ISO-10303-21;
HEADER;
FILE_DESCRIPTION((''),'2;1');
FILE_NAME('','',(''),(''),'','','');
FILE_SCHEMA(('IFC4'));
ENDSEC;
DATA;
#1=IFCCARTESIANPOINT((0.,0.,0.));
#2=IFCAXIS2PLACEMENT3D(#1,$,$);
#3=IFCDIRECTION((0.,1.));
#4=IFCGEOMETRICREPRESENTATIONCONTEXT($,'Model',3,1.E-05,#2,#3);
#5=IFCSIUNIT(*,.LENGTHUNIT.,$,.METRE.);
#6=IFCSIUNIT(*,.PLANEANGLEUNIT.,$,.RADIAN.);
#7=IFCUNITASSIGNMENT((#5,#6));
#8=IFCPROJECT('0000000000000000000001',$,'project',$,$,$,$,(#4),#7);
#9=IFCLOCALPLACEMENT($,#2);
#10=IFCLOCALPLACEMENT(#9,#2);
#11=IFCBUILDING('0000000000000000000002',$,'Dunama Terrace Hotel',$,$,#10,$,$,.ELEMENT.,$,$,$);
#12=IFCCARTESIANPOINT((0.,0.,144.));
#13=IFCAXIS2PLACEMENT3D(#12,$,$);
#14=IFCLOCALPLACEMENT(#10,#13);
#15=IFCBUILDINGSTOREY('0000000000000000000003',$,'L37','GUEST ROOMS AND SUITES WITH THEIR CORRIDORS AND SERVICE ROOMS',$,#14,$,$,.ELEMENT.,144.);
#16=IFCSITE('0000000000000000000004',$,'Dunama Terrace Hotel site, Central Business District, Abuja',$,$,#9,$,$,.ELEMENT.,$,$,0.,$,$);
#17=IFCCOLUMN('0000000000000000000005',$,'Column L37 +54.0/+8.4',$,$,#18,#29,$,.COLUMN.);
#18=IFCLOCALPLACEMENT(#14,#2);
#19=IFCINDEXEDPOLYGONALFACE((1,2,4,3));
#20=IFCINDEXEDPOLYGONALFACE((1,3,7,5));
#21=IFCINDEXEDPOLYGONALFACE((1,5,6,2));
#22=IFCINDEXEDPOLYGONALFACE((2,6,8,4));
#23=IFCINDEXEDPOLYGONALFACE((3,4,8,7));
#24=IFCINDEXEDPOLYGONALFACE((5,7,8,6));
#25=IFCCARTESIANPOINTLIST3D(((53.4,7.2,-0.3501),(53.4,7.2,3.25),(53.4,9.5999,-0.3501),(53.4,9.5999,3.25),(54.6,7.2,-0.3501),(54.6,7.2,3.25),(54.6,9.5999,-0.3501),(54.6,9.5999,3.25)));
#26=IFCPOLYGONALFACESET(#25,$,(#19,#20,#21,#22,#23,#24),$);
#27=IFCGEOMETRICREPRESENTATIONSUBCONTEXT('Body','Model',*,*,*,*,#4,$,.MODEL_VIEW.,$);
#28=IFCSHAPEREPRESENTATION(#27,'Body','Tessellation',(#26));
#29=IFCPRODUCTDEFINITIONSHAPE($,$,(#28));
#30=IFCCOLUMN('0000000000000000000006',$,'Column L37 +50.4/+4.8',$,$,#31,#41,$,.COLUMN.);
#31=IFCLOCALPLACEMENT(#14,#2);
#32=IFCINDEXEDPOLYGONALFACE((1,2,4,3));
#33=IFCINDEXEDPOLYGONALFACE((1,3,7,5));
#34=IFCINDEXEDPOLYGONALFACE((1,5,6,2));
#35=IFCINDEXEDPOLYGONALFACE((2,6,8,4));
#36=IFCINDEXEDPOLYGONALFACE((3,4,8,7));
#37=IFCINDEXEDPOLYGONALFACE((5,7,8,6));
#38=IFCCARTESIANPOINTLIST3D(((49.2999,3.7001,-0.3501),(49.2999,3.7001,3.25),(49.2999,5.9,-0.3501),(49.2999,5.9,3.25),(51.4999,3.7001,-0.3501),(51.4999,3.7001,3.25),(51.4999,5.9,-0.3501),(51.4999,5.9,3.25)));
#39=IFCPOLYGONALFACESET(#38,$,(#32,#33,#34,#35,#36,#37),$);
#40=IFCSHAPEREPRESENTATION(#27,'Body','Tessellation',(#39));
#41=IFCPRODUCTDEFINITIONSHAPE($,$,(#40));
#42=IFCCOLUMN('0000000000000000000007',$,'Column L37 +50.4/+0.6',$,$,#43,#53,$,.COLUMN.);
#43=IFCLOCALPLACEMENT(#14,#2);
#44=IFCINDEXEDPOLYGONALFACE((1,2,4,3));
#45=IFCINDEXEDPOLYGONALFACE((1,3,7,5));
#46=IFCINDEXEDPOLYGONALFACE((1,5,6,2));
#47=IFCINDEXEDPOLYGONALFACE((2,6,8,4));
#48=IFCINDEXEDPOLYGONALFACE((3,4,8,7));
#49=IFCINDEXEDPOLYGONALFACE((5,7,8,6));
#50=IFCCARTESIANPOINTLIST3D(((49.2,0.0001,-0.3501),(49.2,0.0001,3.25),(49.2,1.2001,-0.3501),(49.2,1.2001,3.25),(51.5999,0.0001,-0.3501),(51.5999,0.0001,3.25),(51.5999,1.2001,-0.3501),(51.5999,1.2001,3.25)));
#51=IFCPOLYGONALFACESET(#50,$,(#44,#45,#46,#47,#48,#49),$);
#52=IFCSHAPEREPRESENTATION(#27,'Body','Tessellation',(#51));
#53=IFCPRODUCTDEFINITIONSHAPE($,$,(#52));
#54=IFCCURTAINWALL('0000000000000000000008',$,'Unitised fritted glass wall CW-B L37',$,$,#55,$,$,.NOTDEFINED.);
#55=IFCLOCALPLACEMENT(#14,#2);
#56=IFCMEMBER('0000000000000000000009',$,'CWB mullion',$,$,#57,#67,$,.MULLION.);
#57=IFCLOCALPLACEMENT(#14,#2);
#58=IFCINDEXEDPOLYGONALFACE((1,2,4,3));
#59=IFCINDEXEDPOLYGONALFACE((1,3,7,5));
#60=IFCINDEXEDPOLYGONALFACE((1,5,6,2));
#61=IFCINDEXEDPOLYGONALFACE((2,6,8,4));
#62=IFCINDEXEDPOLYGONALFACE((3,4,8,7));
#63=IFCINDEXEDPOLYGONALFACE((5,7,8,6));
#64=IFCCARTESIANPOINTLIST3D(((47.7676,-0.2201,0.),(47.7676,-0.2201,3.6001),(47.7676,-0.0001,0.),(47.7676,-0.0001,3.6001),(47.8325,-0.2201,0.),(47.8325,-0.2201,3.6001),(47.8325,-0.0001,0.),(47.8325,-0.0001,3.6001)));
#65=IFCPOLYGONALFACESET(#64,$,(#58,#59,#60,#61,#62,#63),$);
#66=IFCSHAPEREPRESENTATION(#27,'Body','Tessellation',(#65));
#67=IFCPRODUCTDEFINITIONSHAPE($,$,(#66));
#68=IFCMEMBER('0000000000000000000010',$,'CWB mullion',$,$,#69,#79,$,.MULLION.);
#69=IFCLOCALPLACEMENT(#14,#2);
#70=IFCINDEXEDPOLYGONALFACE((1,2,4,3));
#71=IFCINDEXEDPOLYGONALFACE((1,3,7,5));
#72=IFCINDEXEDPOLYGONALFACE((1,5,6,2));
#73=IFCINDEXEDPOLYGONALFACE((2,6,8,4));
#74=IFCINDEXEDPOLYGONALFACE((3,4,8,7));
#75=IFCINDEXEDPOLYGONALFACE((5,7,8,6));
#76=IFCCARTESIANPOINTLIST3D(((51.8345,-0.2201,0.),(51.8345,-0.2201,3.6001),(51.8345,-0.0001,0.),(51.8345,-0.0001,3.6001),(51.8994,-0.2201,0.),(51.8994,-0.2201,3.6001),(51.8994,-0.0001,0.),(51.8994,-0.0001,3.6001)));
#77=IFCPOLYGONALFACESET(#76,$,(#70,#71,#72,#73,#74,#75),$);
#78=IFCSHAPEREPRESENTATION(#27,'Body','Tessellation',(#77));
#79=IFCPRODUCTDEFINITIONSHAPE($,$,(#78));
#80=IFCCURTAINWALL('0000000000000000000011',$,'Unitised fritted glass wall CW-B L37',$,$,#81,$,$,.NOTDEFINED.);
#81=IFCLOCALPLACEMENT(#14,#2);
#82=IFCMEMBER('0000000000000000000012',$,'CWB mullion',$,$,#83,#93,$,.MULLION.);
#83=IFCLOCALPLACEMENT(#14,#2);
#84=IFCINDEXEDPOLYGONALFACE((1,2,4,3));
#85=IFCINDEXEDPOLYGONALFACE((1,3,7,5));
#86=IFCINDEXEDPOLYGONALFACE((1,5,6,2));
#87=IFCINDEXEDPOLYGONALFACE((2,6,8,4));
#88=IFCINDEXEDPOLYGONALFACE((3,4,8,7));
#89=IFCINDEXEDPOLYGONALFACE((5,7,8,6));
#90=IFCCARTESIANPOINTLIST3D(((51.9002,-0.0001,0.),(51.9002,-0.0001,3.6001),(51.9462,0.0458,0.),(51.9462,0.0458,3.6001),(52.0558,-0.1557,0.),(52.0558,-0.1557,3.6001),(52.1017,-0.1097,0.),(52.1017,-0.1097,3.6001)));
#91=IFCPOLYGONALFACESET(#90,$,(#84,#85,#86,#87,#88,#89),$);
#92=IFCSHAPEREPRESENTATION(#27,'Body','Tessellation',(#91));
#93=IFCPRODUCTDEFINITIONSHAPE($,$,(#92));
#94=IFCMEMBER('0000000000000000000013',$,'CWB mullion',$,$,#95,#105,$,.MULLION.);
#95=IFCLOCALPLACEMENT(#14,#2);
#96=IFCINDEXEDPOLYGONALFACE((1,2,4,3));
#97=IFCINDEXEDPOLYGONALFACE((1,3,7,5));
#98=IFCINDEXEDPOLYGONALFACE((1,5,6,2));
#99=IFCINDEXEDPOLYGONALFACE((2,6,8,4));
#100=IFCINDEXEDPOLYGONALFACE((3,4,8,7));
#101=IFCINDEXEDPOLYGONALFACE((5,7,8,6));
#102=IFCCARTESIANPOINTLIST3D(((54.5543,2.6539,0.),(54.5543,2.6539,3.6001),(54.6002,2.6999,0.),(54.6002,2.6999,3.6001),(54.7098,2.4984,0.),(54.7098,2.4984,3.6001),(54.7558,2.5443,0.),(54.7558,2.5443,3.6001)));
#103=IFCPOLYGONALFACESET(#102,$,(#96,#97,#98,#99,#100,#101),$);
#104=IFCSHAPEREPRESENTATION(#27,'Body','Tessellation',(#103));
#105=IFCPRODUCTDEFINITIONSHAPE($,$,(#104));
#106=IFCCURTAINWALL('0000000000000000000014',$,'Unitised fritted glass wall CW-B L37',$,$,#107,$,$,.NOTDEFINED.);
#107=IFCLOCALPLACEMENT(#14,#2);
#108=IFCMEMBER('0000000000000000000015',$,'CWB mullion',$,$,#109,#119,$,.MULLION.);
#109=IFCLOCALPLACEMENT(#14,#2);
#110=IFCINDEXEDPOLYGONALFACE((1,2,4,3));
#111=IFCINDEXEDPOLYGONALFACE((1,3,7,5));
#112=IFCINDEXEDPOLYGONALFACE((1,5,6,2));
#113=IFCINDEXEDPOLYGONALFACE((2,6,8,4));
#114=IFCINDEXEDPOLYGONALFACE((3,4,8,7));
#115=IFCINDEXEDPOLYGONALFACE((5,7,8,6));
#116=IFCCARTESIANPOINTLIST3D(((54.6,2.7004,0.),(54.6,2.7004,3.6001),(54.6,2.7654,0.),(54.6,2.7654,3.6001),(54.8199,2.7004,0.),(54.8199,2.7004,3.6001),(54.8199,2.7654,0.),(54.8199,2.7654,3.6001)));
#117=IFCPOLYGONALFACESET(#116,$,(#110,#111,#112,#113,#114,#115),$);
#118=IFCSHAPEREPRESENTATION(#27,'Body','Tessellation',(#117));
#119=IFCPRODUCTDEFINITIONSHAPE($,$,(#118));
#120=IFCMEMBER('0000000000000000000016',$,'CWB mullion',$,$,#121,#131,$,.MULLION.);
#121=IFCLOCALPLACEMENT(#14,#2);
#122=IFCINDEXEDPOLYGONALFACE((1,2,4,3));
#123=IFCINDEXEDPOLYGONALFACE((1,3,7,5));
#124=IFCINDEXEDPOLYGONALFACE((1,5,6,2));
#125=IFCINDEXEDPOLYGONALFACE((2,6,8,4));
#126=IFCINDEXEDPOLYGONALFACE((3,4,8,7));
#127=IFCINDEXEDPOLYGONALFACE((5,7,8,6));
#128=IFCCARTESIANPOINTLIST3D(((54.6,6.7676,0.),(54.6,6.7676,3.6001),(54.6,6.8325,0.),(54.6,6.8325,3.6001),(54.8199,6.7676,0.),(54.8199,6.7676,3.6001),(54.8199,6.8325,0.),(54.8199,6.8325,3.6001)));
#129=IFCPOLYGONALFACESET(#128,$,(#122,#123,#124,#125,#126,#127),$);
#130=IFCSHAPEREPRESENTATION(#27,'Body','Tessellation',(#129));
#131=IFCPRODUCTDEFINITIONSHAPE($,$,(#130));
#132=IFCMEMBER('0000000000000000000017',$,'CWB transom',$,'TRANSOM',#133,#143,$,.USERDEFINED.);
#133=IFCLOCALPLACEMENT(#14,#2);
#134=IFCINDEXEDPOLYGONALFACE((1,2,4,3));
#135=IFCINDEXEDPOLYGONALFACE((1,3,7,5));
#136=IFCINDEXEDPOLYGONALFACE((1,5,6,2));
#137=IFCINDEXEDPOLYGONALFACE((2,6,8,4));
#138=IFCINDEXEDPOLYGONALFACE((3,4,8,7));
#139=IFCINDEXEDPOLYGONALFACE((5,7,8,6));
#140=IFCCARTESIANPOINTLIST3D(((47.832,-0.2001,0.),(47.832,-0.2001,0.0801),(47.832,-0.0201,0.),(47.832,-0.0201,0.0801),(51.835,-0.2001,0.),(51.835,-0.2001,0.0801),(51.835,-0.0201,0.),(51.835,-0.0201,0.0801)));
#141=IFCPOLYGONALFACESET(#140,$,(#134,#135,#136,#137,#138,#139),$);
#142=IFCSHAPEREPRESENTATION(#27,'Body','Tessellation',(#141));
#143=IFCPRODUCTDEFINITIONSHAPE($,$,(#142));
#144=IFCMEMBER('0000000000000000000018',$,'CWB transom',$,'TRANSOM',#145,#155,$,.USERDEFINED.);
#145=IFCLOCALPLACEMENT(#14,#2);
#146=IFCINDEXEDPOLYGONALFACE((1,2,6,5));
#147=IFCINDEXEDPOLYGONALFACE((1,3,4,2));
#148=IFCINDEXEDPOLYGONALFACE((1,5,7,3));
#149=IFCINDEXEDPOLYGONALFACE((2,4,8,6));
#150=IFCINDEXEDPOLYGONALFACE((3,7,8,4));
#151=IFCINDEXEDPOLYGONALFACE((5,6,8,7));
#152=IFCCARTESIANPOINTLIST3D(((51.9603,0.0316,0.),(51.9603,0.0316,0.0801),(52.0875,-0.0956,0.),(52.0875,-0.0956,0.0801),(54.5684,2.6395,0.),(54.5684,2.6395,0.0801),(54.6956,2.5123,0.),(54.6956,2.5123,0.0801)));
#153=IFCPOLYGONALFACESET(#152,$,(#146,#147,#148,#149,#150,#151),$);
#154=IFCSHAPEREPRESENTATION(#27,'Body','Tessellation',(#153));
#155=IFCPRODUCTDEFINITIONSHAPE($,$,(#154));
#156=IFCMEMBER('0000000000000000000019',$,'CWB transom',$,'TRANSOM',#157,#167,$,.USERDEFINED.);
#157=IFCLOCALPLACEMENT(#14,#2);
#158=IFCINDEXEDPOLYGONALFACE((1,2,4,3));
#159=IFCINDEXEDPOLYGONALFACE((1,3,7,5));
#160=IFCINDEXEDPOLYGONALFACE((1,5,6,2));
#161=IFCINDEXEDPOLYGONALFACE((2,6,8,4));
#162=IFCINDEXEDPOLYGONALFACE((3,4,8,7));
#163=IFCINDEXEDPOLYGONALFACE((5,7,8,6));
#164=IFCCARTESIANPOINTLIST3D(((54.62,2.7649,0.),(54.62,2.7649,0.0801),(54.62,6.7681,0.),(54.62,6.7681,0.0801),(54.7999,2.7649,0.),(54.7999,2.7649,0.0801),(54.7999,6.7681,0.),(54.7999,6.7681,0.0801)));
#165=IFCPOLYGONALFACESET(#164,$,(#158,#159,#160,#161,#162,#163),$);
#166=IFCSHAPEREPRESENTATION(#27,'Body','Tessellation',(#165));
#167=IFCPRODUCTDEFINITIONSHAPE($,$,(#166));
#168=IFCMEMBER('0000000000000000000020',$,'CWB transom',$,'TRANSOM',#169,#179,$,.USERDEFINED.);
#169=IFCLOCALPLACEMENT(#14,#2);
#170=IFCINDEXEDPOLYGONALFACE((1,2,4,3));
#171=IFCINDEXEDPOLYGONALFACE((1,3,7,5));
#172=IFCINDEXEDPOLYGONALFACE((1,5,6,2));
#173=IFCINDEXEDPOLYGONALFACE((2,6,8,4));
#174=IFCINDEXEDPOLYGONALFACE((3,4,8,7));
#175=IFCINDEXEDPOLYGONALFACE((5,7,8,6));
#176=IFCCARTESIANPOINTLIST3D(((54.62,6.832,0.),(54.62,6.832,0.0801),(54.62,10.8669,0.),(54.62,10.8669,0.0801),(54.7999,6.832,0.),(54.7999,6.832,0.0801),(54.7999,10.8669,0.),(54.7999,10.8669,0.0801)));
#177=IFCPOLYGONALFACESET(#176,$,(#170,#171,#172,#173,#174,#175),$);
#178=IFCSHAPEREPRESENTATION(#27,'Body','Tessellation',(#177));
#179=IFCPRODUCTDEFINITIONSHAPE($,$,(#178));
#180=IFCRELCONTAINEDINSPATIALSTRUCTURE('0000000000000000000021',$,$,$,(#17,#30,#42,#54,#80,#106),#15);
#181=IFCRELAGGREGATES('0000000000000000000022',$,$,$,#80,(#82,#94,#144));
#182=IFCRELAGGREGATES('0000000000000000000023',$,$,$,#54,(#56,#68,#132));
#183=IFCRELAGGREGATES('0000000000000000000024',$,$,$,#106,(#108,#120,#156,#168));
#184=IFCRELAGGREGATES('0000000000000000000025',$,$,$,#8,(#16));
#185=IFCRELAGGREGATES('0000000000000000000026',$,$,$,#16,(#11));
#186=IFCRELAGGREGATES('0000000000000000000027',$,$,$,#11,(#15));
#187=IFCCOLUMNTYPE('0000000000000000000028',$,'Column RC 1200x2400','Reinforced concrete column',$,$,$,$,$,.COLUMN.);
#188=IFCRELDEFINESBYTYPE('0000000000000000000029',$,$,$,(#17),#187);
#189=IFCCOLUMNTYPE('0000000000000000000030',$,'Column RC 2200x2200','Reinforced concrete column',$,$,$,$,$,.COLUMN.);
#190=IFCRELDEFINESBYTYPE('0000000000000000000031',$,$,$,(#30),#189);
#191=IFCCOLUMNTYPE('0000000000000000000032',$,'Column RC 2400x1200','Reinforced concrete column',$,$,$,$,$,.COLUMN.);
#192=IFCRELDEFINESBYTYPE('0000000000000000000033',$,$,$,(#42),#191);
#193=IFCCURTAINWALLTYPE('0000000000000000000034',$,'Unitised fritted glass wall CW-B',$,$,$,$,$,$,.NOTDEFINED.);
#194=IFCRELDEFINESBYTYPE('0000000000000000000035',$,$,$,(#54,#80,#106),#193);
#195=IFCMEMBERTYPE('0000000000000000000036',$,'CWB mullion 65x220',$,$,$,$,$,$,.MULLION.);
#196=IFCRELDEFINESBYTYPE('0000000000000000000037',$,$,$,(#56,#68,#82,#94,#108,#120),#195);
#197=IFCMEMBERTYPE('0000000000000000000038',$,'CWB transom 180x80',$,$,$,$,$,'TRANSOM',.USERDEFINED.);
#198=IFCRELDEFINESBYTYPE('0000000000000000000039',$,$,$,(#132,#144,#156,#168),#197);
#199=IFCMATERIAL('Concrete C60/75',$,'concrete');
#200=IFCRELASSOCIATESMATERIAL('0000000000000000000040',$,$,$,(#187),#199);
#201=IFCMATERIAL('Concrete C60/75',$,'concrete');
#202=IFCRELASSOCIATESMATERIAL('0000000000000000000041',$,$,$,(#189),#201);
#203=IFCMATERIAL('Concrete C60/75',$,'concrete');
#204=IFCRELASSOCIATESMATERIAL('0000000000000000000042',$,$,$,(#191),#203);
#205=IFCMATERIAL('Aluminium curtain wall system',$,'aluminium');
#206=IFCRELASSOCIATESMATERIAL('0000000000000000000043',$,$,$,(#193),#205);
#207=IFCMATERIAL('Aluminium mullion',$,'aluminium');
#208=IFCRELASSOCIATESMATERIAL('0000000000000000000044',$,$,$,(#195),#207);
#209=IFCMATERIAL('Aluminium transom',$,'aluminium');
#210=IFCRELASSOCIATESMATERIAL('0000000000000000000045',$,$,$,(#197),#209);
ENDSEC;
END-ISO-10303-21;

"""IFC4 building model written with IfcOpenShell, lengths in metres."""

from ifc_helpers import new_model, si_unit, direction, frame, origin, origin_2d, place, context, subcontext, project, spatial, rectangle, extrude, material, material_profile, profile_set, type_object, element, aggregate, save


model = new_model("IFC4")

# Units and contexts
model_context = context("Model", 3, precision=1e-05, world=origin(), true_north=direction((0.0, 1.0)))
body_context = subcontext(model_context, "Body", "Model", "MODEL_VIEW")
ifc_project = project(units=[si_unit("LENGTHUNIT", "METRE"), si_unit("PLANEANGLEUNIT", "RADIAN")], contexts=[model_context])

# Site, building, storey
site_placement = place(None, origin())
site = spatial("IfcSite", under=ifc_project, at=site_placement, Name="Dunama Terrace Hotel site, Central Business District, Abuja", CompositionType="ELEMENT", RefElevation=0.0)
building_placement = place(site_placement, origin())
building = spatial("IfcBuilding", under=site, at=building_placement, Name="Dunama Terrace Hotel", CompositionType="ELEMENT")
storey_placement = place(building_placement, frame((0.0, 0.0, 144.0)))
storey = spatial("IfcBuildingStorey", under=building, at=storey_placement, Name="L37", Description="GUEST ROOMS AND SUITES WITH THEIR CORRIDORS AND SERVICE ROOMS", CompositionType="ELEMENT", Elevation=144.0)

# Columns
ifc_material_1 = material(Name="Concrete C60/75", Category="concrete")
ifc_material_profile_1 = material_profile(ifc_material_1, rectangle(XDim=1.2, YDim=2.3999, at=origin_2d()), Name="RC 1200x2400")
ifc_profile_set_1 = profile_set([ifc_material_profile_1], Name="Concrete C60/75")
column_type_1 = type_object("IfcColumnType", Name="Column RC 1200x2400", Description="Reinforced concrete column", PredefinedType="COLUMN", material=ifc_profile_set_1)
column_1_placement = place(storey_placement, frame((54.0, 8.3999, -0.3501), z_axis=(0.0, 0.0, 1.0), x_axis=(1.0, 0.0, 0.0)))
element("IfcColumn", 1, at=column_1_placement, inside=storey, type_object=column_type_1, Name="Column L37 +54.0/+8.4", PredefinedType="COLUMN", context=body_context, shape_type="SweptSolid", body=[
    extrude(rectangle(XDim=1.2, YDim=2.3999, at=origin_2d()), origin(), (0.0, 0.0, 1.0), 3.6001),
])
ifc_material_2 = material(Name="Concrete C60/75", Category="concrete")
ifc_material_profile_2 = material_profile(ifc_material_2, rectangle(XDim=2.2, YDim=2.2, at=origin_2d()), Name="RC 2200x2200")
ifc_profile_set_2 = profile_set([ifc_material_profile_2], Name="Concrete C60/75")
column_type_2 = type_object("IfcColumnType", Name="Column RC 2200x2200", Description="Reinforced concrete column", PredefinedType="COLUMN", material=ifc_profile_set_2)
column_2_placement = place(storey_placement, frame((50.3999, 4.8, -0.3501), z_axis=(0.0, 0.0, 1.0), x_axis=(1.0, 0.0, 0.0)))
element("IfcColumn", 2, at=column_2_placement, inside=storey, type_object=column_type_2, Name="Column L37 +50.4/+4.8", PredefinedType="COLUMN", context=body_context, shape_type="SweptSolid", body=[
    extrude(rectangle(XDim=2.2, YDim=2.2, at=origin_2d()), origin(), (0.0, 0.0, 1.0), 3.6001),
])
ifc_material_3 = material(Name="Concrete C60/75", Category="concrete")
ifc_material_profile_3 = material_profile(ifc_material_3, rectangle(XDim=2.3999, YDim=1.2, at=origin_2d()), Name="RC 2400x1200")
ifc_profile_set_3 = profile_set([ifc_material_profile_3], Name="Concrete C60/75")
column_type_3 = type_object("IfcColumnType", Name="Column RC 2400x1200", Description="Reinforced concrete column", PredefinedType="COLUMN", material=ifc_profile_set_3)
column_3_placement = place(storey_placement, frame((50.3999, 0.6001, -0.3501), z_axis=(0.0, 0.0, 1.0), x_axis=(1.0, 0.0, 0.0)))
element("IfcColumn", 3, at=column_3_placement, inside=storey, type_object=column_type_3, Name="Column L37 +50.4/+0.6", PredefinedType="COLUMN", context=body_context, shape_type="SweptSolid", body=[
    extrude(rectangle(XDim=2.3999, YDim=1.2, at=origin_2d()), origin(), (0.0, 0.0, 1.0), 3.6001),
])

# Curtain walls, members
ifc_material_4 = material(Name="Aluminium curtain wall system", Category="aluminium")
curtain_wall_type = type_object("IfcCurtainWallType", Name="Unitised fritted glass wall CW-B", PredefinedType="NOTDEFINED", material=ifc_material_4)
curtain_wall_1_placement = place(storey_placement, origin())
curtain_wall_1 = element("IfcCurtainWall", 4, at=curtain_wall_1_placement, inside=storey, type_object=curtain_wall_type, Name="Unitised fritted glass wall CW-B L37", PredefinedType="NOTDEFINED")
ifc_material_5 = material(Name="Aluminium mullion", Category="aluminium")
ifc_material_profile_4 = material_profile(ifc_material_5, rectangle(XDim=0.0649, YDim=0.22, at=origin_2d()), Name="CWB MULLION 65X220")
ifc_profile_set_4 = profile_set([ifc_material_profile_4], Name="Aluminium mullion")
member_type_1 = type_object("IfcMemberType", Name="CWB mullion 65x220", PredefinedType="MULLION", material=ifc_profile_set_4)
member_1_placement = place(storey_placement, frame((47.8, -0.1101, 0.0), z_axis=(0.0, 0.0, 1.0), x_axis=(1.0, 0.0, 0.0)))
member_1 = element("IfcMember", 5, at=member_1_placement, type_object=member_type_1, Name="CWB mullion", PredefinedType="MULLION", context=body_context, shape_type="SweptSolid", body=[
    extrude(rectangle(XDim=0.0649, YDim=0.22, at=origin_2d()), origin(), (0.0, 0.0, 1.0), 3.6001),
])
member_2_placement = place(storey_placement, frame((51.8669, -0.1101, 0.0), z_axis=(0.0, 0.0, 1.0), x_axis=(1.0, 0.0, 0.0)))
member_2 = element("IfcMember", 6, at=member_2_placement, type_object=member_type_1, Name="CWB mullion", PredefinedType="MULLION", context=body_context, shape_type="SweptSolid", body=[
    extrude(rectangle(XDim=0.0649, YDim=0.22, at=origin_2d()), origin(), (0.0, 0.0, 1.0), 3.6001),
])
curtain_wall_2_placement = place(storey_placement, origin())
curtain_wall_2 = element("IfcCurtainWall", 7, at=curtain_wall_2_placement, inside=storey, type_object=curtain_wall_type, Name="Unitised fritted glass wall CW-B L37", PredefinedType="NOTDEFINED")
member_3_placement = place(storey_placement, frame((52.001, -0.0549, 0.0), z_axis=(0.0, 0.0, 1.0), x_axis=(0.707107, 0.707107, 0.0)))
member_3 = element("IfcMember", 8, at=member_3_placement, type_object=member_type_1, Name="CWB mullion", PredefinedType="MULLION", context=body_context, shape_type="SweptSolid", body=[
    extrude(rectangle(XDim=0.0649, YDim=0.22, at=origin_2d()), origin(), (0.0, 0.0, 1.0), 3.6001),
])
member_4_placement = place(storey_placement, frame((54.655, 2.5991, 0.0), z_axis=(0.0, 0.0, 1.0), x_axis=(0.707107, 0.707107, 0.0)))
member_4 = element("IfcMember", 9, at=member_4_placement, type_object=member_type_1, Name="CWB mullion", PredefinedType="MULLION", context=body_context, shape_type="SweptSolid", body=[
    extrude(rectangle(XDim=0.0649, YDim=0.22, at=origin_2d()), origin(), (0.0, 0.0, 1.0), 3.6001),
])
curtain_wall_3_placement = place(storey_placement, origin())
curtain_wall_3 = element("IfcCurtainWall", 10, at=curtain_wall_3_placement, inside=storey, type_object=curtain_wall_type, Name="Unitised fritted glass wall CW-B L37", PredefinedType="NOTDEFINED")
member_5_placement = place(storey_placement, frame((54.71, 2.7329, 0.0), z_axis=(0.0, 0.0, 1.0), x_axis=(0.0, 1.0, 0.0)))
member_5 = element("IfcMember", 11, at=member_5_placement, type_object=member_type_1, Name="CWB mullion", PredefinedType="MULLION", context=body_context, shape_type="SweptSolid", body=[
    extrude(rectangle(XDim=0.0649, YDim=0.22, at=origin_2d()), origin(), (0.0, 0.0, 1.0), 3.6001),
])
member_6_placement = place(storey_placement, frame((54.71, 6.8, 0.0), z_axis=(0.0, 0.0, 1.0), x_axis=(0.0, 1.0, 0.0)))
member_6 = element("IfcMember", 12, at=member_6_placement, type_object=member_type_1, Name="CWB mullion", PredefinedType="MULLION", context=body_context, shape_type="SweptSolid", body=[
    extrude(rectangle(XDim=0.0649, YDim=0.22, at=origin_2d()), origin(), (0.0, 0.0, 1.0), 3.6001),
])

# Members
ifc_material_6 = material(Name="Aluminium transom", Category="aluminium")
ifc_material_profile_5 = material_profile(ifc_material_6, rectangle(XDim=0.1799, YDim=0.0801, at=origin_2d()), Name="CWB TRANSOM 180X80")
ifc_profile_set_5 = profile_set([ifc_material_profile_5], Name="Aluminium transom")
member_type_2 = type_object("IfcMemberType", Name="CWB transom 180x80", ElementType="TRANSOM", PredefinedType="USERDEFINED", material=ifc_profile_set_5)
member_7_placement = place(storey_placement, frame((47.832, -0.1101, 0.04), z_axis=(1.0, 0.0, 0.0), x_axis=(0.0, 1.0, 0.0)))
member_7 = element("IfcMember", 13, at=member_7_placement, type_object=member_type_2, Name="CWB transom", ObjectType="TRANSOM", PredefinedType="USERDEFINED", context=body_context, shape_type="SweptSolid", body=[
    extrude(rectangle(XDim=0.1799, YDim=0.0801, at=origin_2d()), origin(), (0.0, 0.0, 1.0), 4.0029),
])
member_8_placement = place(storey_placement, frame((52.0239, -0.032, 0.04), z_axis=(0.70714, 0.707074, 0.0), x_axis=(-0.707074, 0.70714, 0.0)))
member_8 = element("IfcMember", 14, at=member_8_placement, type_object=member_type_2, Name="CWB transom", ObjectType="TRANSOM", PredefinedType="USERDEFINED", context=body_context, shape_type="SweptSolid", body=[
    extrude(rectangle(XDim=0.1799, YDim=0.0801, at=origin_2d()), origin(), (0.0, 0.0, 1.0), 3.6882),
])
member_9_placement = place(storey_placement, frame((54.71, 2.7649, 0.04), z_axis=(0.0, 1.0, 0.0), x_axis=(-1.0, 0.0, 0.0)))
member_9 = element("IfcMember", 15, at=member_9_placement, type_object=member_type_2, Name="CWB transom", ObjectType="TRANSOM", PredefinedType="USERDEFINED", context=body_context, shape_type="SweptSolid", body=[
    extrude(rectangle(XDim=0.1799, YDim=0.0801, at=origin_2d()), origin(), (0.0, 0.0, 1.0), 4.0032),
])
member_10_placement = place(storey_placement, frame((54.71, 6.832, 0.04), z_axis=(0.0, 1.0, 0.0), x_axis=(-1.0, 0.0, 0.0)))
member_10 = element("IfcMember", 16, at=member_10_placement, type_object=member_type_2, Name="CWB transom", ObjectType="TRANSOM", PredefinedType="USERDEFINED", context=body_context, shape_type="SweptSolid", body=[
    extrude(rectangle(XDim=0.1799, YDim=0.0801, at=origin_2d()), origin(), (0.0, 0.0, 1.0), 4.0349),
])

aggregate(curtain_wall_2, [member_3, member_4, member_8])
aggregate(curtain_wall_1, [member_1, member_2, member_7])
aggregate(curtain_wall_3, [member_5, member_6, member_9, member_10])

save(model, "model.ifc")
